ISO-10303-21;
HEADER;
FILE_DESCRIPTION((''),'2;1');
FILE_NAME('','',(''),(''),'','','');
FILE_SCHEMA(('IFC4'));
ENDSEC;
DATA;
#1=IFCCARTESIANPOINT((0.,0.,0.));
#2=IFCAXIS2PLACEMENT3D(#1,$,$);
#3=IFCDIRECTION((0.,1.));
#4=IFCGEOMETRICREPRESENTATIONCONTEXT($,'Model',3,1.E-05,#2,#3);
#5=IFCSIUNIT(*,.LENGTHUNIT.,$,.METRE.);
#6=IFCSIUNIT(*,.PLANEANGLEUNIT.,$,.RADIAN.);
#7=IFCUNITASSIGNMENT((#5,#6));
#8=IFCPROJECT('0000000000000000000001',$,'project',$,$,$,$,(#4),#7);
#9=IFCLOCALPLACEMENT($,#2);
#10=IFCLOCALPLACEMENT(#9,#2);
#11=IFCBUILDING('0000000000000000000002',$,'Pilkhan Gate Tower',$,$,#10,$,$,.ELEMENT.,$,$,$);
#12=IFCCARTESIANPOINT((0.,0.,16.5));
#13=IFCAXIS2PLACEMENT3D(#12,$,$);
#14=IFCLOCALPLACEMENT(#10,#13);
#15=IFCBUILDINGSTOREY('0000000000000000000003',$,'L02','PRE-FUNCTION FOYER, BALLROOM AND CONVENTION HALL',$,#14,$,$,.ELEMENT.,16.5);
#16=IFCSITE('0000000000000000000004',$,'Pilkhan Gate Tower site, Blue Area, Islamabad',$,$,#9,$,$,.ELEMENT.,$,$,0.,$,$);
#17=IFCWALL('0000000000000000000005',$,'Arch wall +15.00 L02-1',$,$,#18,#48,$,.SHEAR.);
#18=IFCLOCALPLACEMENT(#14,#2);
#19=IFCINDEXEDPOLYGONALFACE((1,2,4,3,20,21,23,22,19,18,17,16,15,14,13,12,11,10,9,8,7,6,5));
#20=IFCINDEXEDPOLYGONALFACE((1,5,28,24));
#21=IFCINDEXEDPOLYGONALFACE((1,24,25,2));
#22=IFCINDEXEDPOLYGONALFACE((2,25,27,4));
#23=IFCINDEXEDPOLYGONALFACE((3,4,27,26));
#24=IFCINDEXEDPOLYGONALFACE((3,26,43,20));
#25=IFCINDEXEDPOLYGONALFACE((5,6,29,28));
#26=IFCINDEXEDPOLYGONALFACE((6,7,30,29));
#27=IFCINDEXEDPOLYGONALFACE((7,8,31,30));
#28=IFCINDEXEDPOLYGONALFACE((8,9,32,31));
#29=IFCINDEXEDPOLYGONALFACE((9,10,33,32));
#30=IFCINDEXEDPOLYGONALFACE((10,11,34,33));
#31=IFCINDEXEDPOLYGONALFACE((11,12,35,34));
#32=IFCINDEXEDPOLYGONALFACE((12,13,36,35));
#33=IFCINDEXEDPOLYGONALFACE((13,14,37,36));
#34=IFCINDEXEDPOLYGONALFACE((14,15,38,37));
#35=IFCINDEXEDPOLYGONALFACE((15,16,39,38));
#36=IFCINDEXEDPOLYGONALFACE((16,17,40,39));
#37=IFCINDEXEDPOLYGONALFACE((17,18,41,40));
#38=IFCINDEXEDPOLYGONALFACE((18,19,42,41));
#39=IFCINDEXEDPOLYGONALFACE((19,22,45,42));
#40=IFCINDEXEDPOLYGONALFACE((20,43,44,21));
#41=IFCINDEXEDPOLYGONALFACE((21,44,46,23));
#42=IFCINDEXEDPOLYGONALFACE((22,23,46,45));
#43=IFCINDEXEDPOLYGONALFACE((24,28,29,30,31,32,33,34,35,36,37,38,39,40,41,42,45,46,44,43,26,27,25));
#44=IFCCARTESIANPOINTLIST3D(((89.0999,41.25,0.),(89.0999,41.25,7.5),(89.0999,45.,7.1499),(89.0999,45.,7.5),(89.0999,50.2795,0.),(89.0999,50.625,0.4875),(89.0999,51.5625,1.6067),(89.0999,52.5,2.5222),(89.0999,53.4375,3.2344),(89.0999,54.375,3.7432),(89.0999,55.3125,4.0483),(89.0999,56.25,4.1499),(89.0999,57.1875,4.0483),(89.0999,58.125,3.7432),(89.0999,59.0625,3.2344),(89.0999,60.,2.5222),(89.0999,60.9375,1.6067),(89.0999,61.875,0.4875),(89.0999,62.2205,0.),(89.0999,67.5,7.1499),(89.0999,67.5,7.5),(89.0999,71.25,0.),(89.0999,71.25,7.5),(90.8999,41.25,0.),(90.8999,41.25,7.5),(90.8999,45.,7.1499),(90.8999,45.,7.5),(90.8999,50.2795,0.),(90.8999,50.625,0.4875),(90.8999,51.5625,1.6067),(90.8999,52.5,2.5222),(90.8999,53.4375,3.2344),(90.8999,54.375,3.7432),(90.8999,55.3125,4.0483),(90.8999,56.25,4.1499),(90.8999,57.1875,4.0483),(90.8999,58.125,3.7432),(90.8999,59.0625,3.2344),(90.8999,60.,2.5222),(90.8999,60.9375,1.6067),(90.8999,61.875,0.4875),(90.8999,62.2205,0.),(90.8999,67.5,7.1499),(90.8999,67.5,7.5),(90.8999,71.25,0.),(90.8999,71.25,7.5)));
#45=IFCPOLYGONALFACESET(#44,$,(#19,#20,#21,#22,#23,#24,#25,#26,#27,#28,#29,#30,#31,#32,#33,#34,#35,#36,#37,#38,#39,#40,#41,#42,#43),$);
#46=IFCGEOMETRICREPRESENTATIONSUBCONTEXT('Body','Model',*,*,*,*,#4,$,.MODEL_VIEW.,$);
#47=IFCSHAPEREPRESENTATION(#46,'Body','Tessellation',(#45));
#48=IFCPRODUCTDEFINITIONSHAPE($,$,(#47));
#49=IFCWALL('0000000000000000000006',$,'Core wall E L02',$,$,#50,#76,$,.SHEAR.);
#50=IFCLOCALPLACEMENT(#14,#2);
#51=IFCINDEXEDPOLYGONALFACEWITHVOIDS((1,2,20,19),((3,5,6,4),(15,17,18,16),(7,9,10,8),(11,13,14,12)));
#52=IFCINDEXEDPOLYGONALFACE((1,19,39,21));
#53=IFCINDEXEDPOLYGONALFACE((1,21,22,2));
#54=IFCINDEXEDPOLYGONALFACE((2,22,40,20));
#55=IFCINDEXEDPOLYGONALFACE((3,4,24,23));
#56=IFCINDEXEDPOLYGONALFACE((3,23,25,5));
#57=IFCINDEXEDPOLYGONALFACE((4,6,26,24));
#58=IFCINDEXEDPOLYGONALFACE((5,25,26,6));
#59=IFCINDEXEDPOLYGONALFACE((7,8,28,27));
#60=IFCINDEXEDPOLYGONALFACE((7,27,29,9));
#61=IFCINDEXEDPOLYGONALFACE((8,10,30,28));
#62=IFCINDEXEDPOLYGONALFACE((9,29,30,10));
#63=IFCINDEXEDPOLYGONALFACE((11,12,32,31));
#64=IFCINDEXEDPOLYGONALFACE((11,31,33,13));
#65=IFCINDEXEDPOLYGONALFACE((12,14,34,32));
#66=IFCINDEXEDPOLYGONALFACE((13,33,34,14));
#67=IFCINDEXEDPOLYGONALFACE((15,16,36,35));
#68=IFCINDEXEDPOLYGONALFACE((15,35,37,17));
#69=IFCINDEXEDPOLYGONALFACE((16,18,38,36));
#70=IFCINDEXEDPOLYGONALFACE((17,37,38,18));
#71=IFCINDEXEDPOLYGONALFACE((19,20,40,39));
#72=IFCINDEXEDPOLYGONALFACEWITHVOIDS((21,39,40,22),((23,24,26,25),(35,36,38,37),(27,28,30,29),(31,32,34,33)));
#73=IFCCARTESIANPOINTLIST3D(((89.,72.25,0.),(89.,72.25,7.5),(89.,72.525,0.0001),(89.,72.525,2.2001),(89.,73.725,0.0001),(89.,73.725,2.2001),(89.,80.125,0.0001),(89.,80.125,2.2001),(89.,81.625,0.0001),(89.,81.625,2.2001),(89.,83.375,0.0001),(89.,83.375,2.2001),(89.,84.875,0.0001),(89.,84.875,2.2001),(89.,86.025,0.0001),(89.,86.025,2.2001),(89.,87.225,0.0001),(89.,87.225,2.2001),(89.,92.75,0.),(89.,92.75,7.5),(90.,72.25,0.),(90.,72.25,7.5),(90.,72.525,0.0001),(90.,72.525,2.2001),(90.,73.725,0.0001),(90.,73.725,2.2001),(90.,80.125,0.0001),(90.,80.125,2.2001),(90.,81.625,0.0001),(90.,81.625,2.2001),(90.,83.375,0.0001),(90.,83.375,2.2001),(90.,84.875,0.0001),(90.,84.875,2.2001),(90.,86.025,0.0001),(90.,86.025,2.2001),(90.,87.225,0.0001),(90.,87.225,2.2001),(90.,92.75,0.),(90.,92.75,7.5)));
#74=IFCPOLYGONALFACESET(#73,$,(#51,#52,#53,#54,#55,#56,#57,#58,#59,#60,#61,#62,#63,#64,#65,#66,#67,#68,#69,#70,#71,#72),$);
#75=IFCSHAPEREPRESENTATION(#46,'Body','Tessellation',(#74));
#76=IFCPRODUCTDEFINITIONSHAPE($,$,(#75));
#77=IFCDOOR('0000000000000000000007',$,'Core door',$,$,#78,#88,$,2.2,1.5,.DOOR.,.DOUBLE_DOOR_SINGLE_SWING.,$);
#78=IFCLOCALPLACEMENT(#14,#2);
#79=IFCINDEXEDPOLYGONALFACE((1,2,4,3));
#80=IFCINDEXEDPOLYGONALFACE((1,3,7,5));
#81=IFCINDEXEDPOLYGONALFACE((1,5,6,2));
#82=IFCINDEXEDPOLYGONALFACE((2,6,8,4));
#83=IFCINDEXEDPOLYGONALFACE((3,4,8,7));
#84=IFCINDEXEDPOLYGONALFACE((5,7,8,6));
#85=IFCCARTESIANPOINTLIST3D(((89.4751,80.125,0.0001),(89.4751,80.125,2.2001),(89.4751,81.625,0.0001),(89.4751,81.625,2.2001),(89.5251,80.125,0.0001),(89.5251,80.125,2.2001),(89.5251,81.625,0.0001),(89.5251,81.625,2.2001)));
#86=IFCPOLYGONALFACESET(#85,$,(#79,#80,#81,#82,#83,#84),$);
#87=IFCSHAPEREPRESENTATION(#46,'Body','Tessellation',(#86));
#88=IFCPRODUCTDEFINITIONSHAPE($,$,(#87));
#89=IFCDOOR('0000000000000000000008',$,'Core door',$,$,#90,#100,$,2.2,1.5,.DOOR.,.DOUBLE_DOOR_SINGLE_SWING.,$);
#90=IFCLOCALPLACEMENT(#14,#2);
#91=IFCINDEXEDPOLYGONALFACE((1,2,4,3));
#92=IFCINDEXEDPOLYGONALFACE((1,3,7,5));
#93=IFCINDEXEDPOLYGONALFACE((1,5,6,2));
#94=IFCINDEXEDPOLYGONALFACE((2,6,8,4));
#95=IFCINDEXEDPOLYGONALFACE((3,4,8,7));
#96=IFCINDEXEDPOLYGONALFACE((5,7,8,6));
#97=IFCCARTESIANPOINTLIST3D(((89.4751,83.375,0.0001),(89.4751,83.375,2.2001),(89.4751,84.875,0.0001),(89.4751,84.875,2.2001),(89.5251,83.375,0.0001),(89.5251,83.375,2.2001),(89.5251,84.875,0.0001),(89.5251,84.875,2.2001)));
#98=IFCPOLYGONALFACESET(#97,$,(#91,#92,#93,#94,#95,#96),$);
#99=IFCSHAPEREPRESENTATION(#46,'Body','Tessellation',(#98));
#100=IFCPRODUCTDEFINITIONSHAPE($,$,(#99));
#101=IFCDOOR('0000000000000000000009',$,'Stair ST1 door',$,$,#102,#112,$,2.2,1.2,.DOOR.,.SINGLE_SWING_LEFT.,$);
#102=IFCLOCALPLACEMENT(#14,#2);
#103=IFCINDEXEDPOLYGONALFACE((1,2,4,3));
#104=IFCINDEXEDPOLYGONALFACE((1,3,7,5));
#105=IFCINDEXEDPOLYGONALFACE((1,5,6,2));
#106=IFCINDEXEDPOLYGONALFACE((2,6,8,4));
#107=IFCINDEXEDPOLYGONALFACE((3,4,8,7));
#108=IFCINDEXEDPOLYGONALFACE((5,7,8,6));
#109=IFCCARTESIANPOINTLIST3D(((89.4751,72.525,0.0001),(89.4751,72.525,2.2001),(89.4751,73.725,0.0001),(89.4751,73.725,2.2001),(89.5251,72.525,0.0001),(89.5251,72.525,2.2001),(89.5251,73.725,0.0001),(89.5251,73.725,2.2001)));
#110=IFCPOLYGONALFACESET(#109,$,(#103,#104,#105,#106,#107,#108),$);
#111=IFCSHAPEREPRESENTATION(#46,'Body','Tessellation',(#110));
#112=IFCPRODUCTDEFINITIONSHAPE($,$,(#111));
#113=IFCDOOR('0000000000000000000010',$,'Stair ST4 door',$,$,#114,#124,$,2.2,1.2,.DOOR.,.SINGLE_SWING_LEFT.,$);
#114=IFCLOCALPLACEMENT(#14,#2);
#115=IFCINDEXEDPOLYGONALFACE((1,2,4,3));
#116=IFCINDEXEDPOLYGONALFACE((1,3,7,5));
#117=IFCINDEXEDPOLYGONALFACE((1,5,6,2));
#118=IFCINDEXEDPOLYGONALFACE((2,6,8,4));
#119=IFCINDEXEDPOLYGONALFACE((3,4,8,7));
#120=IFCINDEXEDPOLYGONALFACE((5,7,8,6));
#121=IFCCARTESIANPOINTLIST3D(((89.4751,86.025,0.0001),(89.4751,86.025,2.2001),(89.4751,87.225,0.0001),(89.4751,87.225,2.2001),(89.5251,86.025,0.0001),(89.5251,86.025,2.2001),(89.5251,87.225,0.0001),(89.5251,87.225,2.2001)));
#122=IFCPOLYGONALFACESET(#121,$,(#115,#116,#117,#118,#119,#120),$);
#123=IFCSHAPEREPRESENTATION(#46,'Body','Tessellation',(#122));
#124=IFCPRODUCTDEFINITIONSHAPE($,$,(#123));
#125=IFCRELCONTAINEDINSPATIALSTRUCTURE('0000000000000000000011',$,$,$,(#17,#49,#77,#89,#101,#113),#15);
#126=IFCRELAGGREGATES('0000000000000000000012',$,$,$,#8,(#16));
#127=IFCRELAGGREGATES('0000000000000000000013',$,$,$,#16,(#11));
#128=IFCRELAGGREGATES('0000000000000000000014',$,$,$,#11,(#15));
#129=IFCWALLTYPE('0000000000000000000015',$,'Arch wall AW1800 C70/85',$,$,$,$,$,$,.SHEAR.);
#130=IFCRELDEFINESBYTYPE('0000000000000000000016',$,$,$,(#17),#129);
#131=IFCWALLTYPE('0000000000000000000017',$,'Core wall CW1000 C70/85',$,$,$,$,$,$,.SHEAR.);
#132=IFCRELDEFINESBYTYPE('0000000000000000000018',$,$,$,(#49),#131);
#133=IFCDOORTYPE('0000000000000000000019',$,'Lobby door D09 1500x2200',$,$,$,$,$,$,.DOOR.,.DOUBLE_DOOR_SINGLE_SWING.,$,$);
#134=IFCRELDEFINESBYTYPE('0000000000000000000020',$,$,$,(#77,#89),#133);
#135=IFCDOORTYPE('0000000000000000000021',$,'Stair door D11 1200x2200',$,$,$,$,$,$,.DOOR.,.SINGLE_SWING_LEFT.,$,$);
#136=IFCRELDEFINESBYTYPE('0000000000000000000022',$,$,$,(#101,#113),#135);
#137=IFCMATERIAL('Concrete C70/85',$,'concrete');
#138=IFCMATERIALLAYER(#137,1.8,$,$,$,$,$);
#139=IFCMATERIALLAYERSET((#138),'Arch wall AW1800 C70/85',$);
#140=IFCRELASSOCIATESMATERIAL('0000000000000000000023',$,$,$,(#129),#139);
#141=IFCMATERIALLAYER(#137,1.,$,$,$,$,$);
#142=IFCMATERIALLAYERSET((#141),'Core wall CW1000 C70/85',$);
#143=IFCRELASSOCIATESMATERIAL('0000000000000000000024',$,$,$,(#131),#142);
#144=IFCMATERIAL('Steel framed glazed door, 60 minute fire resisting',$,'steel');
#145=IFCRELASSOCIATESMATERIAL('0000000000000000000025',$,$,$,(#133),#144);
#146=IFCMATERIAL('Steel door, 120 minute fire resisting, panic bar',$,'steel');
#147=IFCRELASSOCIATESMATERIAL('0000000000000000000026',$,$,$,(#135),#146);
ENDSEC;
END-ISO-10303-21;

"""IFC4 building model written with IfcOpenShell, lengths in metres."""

from ifc_helpers import new_model, si_unit, direction, frame, frame_2d, origin, place, context, subcontext, project, spatial, polyline, rectangle, outline, extrude, material, layer, layer_set, type_object, element, fill, save


model = new_model("IFC4")

# Units and contexts
model_context = context("Model", 3, precision=1e-05, world=origin(), true_north=direction((0.0, 1.0)))
body_context = subcontext(model_context, "Body", "Model", "MODEL_VIEW")
ifc_project = project(units=[si_unit("LENGTHUNIT", "METRE"), si_unit("PLANEANGLEUNIT", "RADIAN")], contexts=[model_context])

# Site, building, storey
site_placement = place(None, origin())
site = spatial("IfcSite", under=ifc_project, at=site_placement, Name="Pilkhan Gate Tower site, Blue Area, Islamabad", CompositionType="ELEMENT", RefElevation=0.0)
building_placement = place(site_placement, origin())
building = spatial("IfcBuilding", under=site, at=building_placement, Name="Pilkhan Gate Tower", CompositionType="ELEMENT")
storey_placement = place(building_placement, frame((0.0, 0.0, 16.5)))
storey = spatial("IfcBuildingStorey", under=building, at=storey_placement, Name="L02", Description="PRE-FUNCTION FOYER, BALLROOM AND CONVENTION HALL", CompositionType="ELEMENT", Elevation=16.5)

# Wall
ifc_material_1 = material(Name="Concrete C70/85", Category="concrete")
ifc_layer_1 = layer(ifc_material_1, 1.8)
ifc_layer_set_1 = layer_set([ifc_layer_1], Name="Arch wall AW1800 C70/85")
wall_type_1 = type_object("IfcWallType", Name="Arch wall AW1800 C70/85", PredefinedType="SHEAR", material=ifc_layer_set_1)
wall_1_placement = place(storey_placement, frame((90.8999, 62.2205, 0.0), z_axis=(1.0, 0.0, 0.0), x_axis=(0.0, 1.0, 0.0)))
element("IfcWall", 1, at=wall_1_placement, inside=storey, type_object=wall_type_1, Name="Arch wall +15.00 L02-1", PredefinedType="SHEAR", context=body_context, shape_type="SweptSolid", body=[
    extrude(outline(polyline([(0.0, 0.0), (9.0295, 0.0), (9.0295, 7.5), (5.2795, 7.5), (5.2795, 7.1499), (-17.2205, 7.1499), (-17.2205, 7.5), (-20.9705, 7.5), (-20.9705, 0.0), (-11.9409, 0.0), (-11.5955, 0.4875), (-10.658, 1.6067), (-9.7205, 2.5222), (-8.783, 3.2344), (-7.8455, 3.7432), (-6.908, 4.0483), (-5.9705, 4.1499), (-5.033, 4.0483), (-4.0955, 3.7432), (-3.158, 3.2344), (-2.2205, 2.5222), (-1.283, 1.6067), (-0.3455, 0.4875), (0.0, 0.0)])), origin(), (0.0, 0.0, -1.0), 1.8),
])

# Wall, openings, doors
ifc_layer_2 = layer(ifc_material_1, 1.0)
ifc_layer_set_2 = layer_set([ifc_layer_2], Name="Core wall CW1000 C70/85")
wall_type_2 = type_object("IfcWallType", Name="Core wall CW1000 C70/85", PredefinedType="SHEAR", material=ifc_layer_set_2)
wall_2_placement = place(storey_placement, frame((89.5, 72.25, 0.0), z_axis=(0.0, 0.0, 1.0), x_axis=(0.0, 1.0, 0.0)))
wall_2 = element("IfcWall", 2, at=wall_2_placement, inside=storey, type_object=wall_type_2, Name="Core wall E L02", PredefinedType="SHEAR", context=body_context, shape_type="SweptSolid", body=[
    extrude(rectangle(XDim=20.5, YDim=1.0, at=frame_2d((10.25, 0.0))), origin(), (0.0, 0.0, 1.0), 7.5),
])
opening_1_placement = place(wall_2_placement, frame((0.2749, 0.0, 0.0)))
opening_1 = element("IfcOpeningElement", 3, at=opening_1_placement, cuts=wall_2, PredefinedType="OPENING", context=body_context, shape_type="SweptSolid", body=[
    extrude(rectangle(XDim=1.2, YDim=2.2, at=frame_2d((0.6001, 1.1001))), frame((0.0, 0.51, 0.0), z_axis=(0.0, -1.0, 0.0), x_axis=(1.0, 0.0, 0.0)), (0.0, 0.0, 1.0), 1.02),
])
opening_2_placement = place(wall_2_placement, frame((13.7749, 0.0, 0.0)))
opening_2 = element("IfcOpeningElement", 4, at=opening_2_placement, cuts=wall_2, PredefinedType="OPENING", context=body_context, shape_type="SweptSolid", body=[
    extrude(rectangle(XDim=1.2, YDim=2.2, at=frame_2d((0.6001, 1.1001))), frame((0.0, 0.51, 0.0), z_axis=(0.0, -1.0, 0.0), x_axis=(1.0, 0.0, 0.0)), (0.0, 0.0, 1.0), 1.02),
])
opening_3_placement = place(wall_2_placement, frame((7.875, 0.0, 0.0)))
opening_3 = element("IfcOpeningElement", 5, at=opening_3_placement, cuts=wall_2, PredefinedType="OPENING", context=body_context, shape_type="SweptSolid", body=[
    extrude(rectangle(XDim=1.5, YDim=2.2, at=frame_2d((0.75, 1.1001))), frame((0.0, 0.51, 0.0), z_axis=(0.0, -1.0, 0.0), x_axis=(1.0, 0.0, 0.0)), (0.0, 0.0, 1.0), 1.02),
])
opening_4_placement = place(wall_2_placement, frame((11.125, 0.0, 0.0)))
opening_4 = element("IfcOpeningElement", 6, at=opening_4_placement, cuts=wall_2, PredefinedType="OPENING", context=body_context, shape_type="SweptSolid", body=[
    extrude(rectangle(XDim=1.5, YDim=2.2, at=frame_2d((0.75, 1.1001))), frame((0.0, 0.51, 0.0), z_axis=(0.0, -1.0, 0.0), x_axis=(1.0, 0.0, 0.0)), (0.0, 0.0, 1.0), 1.02),
])
ifc_material_2 = material(Name="Steel framed glazed door, 60 minute fire resisting", Category="steel")
door_type_1 = type_object("IfcDoorType", Name="Lobby door D09 1500x2200", OperationType="DOUBLE_DOOR_SINGLE_SWING", PredefinedType="DOOR", material=ifc_material_2)
door_1_placement = place(opening_3_placement, origin())
door_1 = element("IfcDoor", 7, at=door_1_placement, inside=storey, type_object=door_type_1, Name="Core door", OperationType="DOUBLE_DOOR_SINGLE_SWING", OverallHeight=2.2, OverallWidth=1.5, PredefinedType="DOOR", context=body_context, shape_type="SweptSolid", body=[
    extrude(rectangle(XDim=1.5, YDim=2.2, at=frame_2d((0.75, 1.1001))), frame((0.0, 0.0249, 0.0), z_axis=(0.0, -1.0, 0.0), x_axis=(1.0, 0.0, 0.0)), (0.0, 0.0, 1.0), 0.05),
])
fill(opening_3, door_1)
door_2_placement = place(opening_4_placement, origin())
door_2 = element("IfcDoor", 8, at=door_2_placement, inside=storey, type_object=door_type_1, Name="Core door", OperationType="DOUBLE_DOOR_SINGLE_SWING", OverallHeight=2.2, OverallWidth=1.5, PredefinedType="DOOR", context=body_context, shape_type="SweptSolid", body=[
    extrude(rectangle(XDim=1.5, YDim=2.2, at=frame_2d((0.75, 1.1001))), frame((0.0, 0.0249, 0.0), z_axis=(0.0, -1.0, 0.0), x_axis=(1.0, 0.0, 0.0)), (0.0, 0.0, 1.0), 0.05),
])
fill(opening_4, door_2)
ifc_material_3 = material(Name="Steel door, 120 minute fire resisting, panic bar", Category="steel")
door_type_2 = type_object("IfcDoorType", Name="Stair door D11 1200x2200", OperationType="SINGLE_SWING_LEFT", PredefinedType="DOOR", material=ifc_material_3)
door_3_placement = place(opening_1_placement, origin())
door_3 = element("IfcDoor", 9, at=door_3_placement, inside=storey, type_object=door_type_2, Name="Stair ST1 door", OperationType="SINGLE_SWING_LEFT", OverallHeight=2.2, OverallWidth=1.2, PredefinedType="DOOR", context=body_context, shape_type="SweptSolid", body=[
    extrude(rectangle(XDim=1.2, YDim=2.2, at=frame_2d((0.6001, 1.1001))), frame((0.0, 0.0249, 0.0), z_axis=(0.0, -1.0, 0.0), x_axis=(1.0, 0.0, 0.0)), (0.0, 0.0, 1.0), 0.05),
])
fill(opening_1, door_3)
door_4_placement = place(opening_2_placement, origin())
door_4 = element("IfcDoor", 10, at=door_4_placement, inside=storey, type_object=door_type_2, Name="Stair ST4 door", OperationType="SINGLE_SWING_LEFT", OverallHeight=2.2, OverallWidth=1.2, PredefinedType="DOOR", context=body_context, shape_type="SweptSolid", body=[
    extrude(rectangle(XDim=1.2, YDim=2.2, at=frame_2d((0.6001, 1.1001))), frame((0.0, 0.0249, 0.0), z_axis=(0.0, -1.0, 0.0), x_axis=(1.0, 0.0, 0.0)), (0.0, 0.0, 1.0), 0.05),
])
fill(opening_2, door_4)

save(model, "model.ifc")
